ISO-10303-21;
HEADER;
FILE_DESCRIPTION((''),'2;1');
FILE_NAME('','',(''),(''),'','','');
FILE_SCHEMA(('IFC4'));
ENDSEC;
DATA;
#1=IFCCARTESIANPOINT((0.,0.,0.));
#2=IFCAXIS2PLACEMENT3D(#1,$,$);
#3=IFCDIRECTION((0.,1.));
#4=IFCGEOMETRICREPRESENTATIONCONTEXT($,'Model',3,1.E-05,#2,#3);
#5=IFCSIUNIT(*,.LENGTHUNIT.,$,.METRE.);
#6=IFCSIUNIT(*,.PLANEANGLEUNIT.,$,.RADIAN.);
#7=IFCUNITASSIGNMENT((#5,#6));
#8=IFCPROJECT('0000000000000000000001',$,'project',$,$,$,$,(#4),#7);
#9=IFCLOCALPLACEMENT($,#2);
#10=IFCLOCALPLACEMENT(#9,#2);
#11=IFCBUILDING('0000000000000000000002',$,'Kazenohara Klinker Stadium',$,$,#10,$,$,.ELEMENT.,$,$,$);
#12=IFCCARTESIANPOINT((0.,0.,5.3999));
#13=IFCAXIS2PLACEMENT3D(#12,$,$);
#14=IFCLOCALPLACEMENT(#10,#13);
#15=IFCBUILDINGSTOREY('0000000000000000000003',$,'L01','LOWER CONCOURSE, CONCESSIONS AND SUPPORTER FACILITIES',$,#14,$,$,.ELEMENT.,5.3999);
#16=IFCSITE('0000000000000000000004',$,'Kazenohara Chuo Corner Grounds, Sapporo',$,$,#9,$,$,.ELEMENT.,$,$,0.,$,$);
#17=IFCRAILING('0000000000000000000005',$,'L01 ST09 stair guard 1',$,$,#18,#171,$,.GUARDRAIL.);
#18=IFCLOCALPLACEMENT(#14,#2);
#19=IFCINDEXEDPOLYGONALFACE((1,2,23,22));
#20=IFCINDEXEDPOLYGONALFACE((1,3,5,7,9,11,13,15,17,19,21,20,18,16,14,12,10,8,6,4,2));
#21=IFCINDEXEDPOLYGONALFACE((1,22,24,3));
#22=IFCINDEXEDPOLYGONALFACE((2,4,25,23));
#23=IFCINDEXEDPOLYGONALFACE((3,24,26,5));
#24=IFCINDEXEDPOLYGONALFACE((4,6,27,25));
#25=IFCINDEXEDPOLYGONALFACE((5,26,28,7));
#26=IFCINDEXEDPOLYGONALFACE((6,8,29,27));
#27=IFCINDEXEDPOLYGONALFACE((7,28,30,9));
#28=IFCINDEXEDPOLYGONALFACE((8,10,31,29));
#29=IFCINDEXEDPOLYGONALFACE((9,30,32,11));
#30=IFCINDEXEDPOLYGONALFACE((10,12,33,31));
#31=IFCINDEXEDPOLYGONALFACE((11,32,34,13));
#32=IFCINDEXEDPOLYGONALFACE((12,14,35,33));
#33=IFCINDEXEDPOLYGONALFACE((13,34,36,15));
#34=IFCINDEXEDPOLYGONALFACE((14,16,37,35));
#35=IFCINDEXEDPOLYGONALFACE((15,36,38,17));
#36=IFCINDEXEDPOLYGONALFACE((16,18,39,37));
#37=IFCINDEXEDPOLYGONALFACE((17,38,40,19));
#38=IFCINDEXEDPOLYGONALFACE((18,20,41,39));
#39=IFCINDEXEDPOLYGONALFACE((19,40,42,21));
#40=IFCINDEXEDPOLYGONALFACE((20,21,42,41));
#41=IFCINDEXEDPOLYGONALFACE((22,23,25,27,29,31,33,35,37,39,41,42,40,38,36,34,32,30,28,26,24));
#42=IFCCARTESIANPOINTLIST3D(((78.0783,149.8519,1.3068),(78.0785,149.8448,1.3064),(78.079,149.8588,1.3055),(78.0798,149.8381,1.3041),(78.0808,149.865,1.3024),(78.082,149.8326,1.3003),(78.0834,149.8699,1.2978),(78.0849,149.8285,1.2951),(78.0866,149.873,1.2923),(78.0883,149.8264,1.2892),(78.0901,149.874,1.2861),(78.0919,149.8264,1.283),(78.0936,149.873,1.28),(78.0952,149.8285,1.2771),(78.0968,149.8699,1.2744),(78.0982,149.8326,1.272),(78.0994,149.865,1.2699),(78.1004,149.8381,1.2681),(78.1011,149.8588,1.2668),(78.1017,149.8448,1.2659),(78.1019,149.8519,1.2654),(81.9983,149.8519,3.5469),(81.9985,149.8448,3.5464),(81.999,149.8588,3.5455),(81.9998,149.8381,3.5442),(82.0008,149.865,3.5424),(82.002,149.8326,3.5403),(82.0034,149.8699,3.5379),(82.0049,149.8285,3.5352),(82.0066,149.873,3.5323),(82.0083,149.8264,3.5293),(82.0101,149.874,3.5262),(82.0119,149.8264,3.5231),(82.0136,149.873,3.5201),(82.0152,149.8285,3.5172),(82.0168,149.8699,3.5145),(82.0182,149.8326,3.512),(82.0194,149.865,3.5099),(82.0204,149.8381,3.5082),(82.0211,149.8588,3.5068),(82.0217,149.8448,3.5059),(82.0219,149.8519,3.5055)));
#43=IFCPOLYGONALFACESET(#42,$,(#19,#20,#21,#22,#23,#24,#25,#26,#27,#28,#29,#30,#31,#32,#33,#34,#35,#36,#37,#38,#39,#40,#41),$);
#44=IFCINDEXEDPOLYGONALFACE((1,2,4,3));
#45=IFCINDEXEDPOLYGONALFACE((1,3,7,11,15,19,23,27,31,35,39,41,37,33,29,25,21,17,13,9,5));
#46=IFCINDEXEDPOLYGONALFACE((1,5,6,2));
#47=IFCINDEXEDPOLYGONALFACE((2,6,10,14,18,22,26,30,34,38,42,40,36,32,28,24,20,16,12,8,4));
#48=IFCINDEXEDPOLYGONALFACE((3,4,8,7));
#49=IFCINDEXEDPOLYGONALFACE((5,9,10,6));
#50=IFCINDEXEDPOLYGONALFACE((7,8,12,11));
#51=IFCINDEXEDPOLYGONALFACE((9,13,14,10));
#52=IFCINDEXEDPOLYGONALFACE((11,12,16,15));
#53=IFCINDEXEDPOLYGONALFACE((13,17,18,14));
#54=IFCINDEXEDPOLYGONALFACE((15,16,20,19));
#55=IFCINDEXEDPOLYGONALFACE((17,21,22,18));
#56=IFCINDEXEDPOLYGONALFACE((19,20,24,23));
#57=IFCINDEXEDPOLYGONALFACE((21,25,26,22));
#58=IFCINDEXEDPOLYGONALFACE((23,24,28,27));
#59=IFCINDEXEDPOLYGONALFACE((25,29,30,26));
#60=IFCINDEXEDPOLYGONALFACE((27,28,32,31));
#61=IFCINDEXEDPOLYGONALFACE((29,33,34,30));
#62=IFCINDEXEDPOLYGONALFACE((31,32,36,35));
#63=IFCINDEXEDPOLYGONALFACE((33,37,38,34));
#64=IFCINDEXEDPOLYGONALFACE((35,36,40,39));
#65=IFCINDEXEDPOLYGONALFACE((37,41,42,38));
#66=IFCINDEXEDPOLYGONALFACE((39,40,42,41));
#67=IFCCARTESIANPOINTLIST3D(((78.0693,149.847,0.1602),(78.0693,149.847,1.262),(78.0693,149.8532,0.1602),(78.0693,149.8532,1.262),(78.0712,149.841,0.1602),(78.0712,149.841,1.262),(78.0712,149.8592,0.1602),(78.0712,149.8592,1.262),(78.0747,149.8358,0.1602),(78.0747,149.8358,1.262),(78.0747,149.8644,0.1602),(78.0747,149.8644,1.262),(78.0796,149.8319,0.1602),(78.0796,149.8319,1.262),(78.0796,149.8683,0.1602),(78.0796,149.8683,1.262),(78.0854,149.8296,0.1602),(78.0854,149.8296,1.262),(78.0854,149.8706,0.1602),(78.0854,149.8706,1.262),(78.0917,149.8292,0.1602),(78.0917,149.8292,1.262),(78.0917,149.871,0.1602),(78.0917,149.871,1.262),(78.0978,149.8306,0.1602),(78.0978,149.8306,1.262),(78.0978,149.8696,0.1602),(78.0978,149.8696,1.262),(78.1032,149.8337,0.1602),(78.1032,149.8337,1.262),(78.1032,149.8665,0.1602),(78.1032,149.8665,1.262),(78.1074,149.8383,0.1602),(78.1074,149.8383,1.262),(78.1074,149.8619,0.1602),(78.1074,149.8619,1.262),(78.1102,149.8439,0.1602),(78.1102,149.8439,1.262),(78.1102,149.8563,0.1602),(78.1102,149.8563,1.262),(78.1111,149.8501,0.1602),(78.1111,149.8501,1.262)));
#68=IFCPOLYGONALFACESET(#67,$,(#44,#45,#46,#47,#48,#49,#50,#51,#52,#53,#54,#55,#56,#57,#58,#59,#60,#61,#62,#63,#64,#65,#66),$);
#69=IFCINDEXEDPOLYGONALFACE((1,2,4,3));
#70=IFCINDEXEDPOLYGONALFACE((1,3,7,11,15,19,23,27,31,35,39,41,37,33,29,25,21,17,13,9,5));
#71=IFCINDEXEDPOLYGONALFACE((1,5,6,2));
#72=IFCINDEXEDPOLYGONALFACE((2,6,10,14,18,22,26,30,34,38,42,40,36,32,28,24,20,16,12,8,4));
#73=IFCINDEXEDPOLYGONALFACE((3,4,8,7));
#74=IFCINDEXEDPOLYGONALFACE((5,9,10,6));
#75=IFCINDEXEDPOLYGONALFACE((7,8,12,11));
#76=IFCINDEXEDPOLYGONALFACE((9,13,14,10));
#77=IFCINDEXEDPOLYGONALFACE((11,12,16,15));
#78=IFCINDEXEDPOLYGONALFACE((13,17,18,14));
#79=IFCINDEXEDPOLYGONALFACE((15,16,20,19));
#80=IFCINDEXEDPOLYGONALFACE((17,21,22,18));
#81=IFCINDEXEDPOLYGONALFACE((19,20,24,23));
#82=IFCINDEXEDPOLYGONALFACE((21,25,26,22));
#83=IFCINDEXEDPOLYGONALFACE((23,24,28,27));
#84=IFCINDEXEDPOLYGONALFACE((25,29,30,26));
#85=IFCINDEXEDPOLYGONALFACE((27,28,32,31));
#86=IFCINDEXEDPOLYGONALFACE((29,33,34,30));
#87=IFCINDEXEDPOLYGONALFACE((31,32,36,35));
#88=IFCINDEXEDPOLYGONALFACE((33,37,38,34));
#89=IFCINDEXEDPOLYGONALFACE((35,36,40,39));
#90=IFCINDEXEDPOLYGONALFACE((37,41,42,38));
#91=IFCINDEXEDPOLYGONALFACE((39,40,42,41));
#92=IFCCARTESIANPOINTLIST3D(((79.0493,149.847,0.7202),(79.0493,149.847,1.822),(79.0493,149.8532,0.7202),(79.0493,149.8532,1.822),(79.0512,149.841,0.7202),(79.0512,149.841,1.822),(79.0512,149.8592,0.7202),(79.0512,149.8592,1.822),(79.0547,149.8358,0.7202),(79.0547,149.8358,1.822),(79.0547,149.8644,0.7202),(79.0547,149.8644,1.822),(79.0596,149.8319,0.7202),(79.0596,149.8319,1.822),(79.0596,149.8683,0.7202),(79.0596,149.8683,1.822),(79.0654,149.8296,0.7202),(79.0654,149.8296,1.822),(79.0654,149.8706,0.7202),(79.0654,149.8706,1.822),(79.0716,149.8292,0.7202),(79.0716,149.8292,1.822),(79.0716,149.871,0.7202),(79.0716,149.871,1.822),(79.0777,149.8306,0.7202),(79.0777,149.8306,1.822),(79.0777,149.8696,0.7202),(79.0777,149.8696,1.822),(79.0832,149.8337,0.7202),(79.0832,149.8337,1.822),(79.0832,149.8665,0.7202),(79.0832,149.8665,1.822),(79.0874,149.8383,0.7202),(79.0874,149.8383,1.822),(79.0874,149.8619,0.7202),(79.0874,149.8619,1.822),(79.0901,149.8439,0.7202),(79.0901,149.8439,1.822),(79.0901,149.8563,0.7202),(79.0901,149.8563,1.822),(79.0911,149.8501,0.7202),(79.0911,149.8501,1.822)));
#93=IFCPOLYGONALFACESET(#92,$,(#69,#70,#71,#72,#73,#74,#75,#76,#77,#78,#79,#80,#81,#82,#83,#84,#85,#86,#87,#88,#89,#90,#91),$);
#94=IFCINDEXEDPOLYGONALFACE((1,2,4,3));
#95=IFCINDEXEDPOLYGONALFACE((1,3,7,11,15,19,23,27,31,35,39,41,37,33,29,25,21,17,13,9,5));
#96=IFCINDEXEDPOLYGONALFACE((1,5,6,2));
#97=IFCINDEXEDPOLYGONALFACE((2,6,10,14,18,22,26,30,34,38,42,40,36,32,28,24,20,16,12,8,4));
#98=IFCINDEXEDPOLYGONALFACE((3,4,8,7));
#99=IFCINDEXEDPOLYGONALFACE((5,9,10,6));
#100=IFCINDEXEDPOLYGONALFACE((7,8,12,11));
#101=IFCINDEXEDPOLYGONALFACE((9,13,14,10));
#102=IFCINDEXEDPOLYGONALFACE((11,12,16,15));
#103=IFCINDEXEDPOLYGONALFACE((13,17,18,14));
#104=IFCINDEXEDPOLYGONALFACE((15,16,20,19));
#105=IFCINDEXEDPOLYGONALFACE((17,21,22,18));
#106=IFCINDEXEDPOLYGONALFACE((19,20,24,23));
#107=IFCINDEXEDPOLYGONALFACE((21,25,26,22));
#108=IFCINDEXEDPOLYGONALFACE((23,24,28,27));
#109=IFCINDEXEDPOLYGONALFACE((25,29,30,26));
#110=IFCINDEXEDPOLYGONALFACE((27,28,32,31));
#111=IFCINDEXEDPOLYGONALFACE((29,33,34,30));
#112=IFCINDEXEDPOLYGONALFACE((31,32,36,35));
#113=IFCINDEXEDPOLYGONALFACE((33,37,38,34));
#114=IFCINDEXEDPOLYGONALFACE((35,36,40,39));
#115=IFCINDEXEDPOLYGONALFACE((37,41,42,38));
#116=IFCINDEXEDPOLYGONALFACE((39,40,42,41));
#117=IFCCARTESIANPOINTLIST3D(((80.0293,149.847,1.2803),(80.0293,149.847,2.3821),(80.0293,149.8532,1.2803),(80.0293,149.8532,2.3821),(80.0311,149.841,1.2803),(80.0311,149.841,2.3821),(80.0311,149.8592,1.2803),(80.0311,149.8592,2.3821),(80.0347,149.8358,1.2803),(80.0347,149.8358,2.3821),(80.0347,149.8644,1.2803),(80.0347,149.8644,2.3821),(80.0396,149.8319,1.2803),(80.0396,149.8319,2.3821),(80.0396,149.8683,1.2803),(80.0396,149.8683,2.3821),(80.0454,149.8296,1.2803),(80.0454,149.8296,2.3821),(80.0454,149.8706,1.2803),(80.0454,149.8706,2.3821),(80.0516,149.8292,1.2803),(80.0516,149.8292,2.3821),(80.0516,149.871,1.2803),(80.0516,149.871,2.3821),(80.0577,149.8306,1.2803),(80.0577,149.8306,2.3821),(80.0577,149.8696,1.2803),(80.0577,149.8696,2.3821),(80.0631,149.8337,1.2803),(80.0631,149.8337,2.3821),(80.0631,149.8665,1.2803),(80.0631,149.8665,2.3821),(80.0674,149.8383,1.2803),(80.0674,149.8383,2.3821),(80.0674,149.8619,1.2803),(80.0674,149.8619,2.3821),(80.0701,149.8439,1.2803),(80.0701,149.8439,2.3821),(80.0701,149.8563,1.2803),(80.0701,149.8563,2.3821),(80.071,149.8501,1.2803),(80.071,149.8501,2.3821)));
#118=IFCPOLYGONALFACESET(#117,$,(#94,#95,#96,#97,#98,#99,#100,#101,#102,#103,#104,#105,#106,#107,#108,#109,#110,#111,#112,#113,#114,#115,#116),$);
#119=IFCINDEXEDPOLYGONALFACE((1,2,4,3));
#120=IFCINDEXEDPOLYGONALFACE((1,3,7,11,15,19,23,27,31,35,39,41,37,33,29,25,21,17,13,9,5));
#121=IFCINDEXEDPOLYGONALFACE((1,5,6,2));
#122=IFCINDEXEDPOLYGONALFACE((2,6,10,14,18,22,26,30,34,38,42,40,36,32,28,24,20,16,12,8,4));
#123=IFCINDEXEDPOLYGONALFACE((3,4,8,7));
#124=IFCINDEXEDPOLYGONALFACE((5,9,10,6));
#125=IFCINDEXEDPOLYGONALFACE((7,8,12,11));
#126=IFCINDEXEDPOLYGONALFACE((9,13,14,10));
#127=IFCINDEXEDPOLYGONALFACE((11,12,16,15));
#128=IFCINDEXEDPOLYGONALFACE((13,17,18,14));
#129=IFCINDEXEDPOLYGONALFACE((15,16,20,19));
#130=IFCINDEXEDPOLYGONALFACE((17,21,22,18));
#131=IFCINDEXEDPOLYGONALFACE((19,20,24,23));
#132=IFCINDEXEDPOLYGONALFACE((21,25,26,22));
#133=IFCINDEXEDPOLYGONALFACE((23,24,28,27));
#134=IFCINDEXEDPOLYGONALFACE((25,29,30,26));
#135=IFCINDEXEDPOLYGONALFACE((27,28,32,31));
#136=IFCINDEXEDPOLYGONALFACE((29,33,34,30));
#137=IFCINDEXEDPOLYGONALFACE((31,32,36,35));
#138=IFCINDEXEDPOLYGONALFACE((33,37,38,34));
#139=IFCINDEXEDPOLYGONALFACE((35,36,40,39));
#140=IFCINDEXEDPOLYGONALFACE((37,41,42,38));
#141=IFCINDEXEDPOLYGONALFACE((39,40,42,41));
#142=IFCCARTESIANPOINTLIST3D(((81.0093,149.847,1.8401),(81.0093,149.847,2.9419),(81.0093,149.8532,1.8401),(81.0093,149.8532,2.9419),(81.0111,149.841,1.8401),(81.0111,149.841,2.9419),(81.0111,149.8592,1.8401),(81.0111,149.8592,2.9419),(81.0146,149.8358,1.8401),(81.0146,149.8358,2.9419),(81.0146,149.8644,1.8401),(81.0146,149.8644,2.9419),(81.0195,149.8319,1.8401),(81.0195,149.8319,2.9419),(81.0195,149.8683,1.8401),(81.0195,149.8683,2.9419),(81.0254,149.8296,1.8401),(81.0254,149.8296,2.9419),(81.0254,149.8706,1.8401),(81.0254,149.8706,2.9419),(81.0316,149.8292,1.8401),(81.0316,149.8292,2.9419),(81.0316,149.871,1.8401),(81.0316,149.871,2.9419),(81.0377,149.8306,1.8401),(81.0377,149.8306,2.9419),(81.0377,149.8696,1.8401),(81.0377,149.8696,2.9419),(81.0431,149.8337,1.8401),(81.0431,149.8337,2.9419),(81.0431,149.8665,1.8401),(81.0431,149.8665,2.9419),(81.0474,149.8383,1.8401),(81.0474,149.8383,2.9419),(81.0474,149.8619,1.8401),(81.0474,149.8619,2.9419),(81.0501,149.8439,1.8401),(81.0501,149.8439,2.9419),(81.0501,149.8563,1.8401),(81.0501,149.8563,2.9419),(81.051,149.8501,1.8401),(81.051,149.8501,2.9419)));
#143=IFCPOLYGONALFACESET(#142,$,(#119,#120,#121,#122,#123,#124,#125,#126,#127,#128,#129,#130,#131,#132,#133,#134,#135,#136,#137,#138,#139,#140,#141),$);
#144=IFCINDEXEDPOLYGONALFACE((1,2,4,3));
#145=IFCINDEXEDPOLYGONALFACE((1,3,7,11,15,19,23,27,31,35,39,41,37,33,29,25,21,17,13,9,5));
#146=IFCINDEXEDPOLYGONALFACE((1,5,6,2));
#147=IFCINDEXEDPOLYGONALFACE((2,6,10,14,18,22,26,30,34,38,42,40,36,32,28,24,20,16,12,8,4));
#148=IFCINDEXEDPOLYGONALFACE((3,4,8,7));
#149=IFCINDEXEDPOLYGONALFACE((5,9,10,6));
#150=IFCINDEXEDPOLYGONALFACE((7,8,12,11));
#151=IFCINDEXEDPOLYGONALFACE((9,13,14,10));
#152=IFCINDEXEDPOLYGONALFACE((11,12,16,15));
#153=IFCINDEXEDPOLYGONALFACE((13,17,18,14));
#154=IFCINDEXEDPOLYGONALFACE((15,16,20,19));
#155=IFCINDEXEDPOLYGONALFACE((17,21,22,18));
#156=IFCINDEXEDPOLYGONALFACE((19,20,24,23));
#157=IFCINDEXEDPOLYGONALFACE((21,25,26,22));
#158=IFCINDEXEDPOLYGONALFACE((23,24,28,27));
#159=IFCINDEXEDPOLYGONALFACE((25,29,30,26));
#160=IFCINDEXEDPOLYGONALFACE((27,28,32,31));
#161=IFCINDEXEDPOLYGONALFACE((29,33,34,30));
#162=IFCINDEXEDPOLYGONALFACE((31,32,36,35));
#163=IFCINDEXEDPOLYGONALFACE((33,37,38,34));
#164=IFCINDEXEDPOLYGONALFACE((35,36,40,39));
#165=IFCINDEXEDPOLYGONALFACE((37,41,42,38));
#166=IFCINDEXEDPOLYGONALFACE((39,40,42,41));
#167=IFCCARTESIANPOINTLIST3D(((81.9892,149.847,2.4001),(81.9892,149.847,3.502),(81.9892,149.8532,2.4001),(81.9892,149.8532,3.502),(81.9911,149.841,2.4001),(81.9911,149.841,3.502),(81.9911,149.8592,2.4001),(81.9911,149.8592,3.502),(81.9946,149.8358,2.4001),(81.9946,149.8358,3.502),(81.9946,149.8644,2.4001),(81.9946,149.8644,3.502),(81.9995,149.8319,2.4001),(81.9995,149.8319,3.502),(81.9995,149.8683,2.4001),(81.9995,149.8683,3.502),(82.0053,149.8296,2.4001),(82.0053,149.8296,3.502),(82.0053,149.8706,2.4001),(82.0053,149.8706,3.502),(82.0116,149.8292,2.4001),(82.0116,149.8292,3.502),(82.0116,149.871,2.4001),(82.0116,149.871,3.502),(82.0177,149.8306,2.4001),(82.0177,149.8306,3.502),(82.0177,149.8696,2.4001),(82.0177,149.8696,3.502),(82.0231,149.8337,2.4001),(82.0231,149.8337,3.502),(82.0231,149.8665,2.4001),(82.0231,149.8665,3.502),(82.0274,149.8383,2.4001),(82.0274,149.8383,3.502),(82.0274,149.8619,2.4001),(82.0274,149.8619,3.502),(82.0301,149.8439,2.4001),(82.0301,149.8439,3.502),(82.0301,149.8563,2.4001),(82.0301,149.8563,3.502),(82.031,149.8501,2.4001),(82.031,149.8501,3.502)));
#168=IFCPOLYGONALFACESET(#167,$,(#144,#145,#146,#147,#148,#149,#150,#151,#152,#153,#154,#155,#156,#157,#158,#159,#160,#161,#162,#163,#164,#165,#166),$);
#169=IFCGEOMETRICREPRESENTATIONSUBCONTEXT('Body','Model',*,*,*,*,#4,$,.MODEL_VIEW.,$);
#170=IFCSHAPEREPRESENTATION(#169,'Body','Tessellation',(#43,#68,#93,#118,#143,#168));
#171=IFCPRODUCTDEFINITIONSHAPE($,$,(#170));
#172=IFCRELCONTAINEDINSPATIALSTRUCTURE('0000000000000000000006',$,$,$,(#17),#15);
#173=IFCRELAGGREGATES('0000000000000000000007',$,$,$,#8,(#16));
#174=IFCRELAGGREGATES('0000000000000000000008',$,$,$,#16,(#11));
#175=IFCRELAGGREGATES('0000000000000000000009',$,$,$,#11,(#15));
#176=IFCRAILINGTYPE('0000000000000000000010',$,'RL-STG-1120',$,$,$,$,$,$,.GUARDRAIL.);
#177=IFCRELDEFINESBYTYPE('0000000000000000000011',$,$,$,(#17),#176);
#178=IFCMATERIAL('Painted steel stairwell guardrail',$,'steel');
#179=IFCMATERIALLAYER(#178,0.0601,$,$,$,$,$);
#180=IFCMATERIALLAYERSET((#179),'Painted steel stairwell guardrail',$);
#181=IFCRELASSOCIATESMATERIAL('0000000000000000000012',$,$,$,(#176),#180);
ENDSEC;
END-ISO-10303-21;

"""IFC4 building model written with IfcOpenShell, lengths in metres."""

from ifc_helpers import new_model, si_unit, direction, frame, origin, origin_2d, place, context, subcontext, project, spatial, circle, extrude, material, layer, layer_set, type_object, element, save


model = new_model("IFC4")

# Units and contexts
model_context = context("Model", 3, precision=1e-05, world=origin(), true_north=direction((0.0, 1.0)))
body_context = subcontext(model_context, "Body", "Model", "MODEL_VIEW")
ifc_project = project(units=[si_unit("LENGTHUNIT", "METRE"), si_unit("PLANEANGLEUNIT", "RADIAN")], contexts=[model_context])

# Site, building, storey
site_placement = place(None, origin())
site = spatial("IfcSite", under=ifc_project, at=site_placement, Name="Kazenohara Chuo Corner Grounds, Sapporo", CompositionType="ELEMENT", RefElevation=0.0)
building_placement = place(site_placement, origin())
building = spatial("IfcBuilding", under=site, at=building_placement, Name="Kazenohara Klinker Stadium", CompositionType="ELEMENT")
storey_placement = place(building_placement, frame((0.0, 0.0, 5.3999)))
storey = spatial("IfcBuildingStorey", under=building, at=storey_placement, Name="L01", Description="LOWER CONCOURSE, CONCESSIONS AND SUPPORTER FACILITIES", CompositionType="ELEMENT", Elevation=5.3999)

# Railing
ifc_material_1 = material(Name="Painted steel stairwell guardrail", Category="steel")
ifc_layer_1 = layer(ifc_material_1, 0.0601)
ifc_layer_set_1 = layer_set([ifc_layer_1], Name="Painted steel stairwell guardrail")
railing_type_1 = type_object("IfcRailingType", Name="RL-STG-1120", PredefinedType="GUARDRAIL", material=ifc_layer_set_1)
railing_1_placement = place(storey_placement, frame((78.0901, 149.8501, 0.1602)))
element("IfcRailing", 1, at=railing_1_placement, inside=storey, type_object=railing_type_1, Name="L01 ST09 stair guard 1", PredefinedType="GUARDRAIL", context=body_context, shape_type="SweptSolid", body=[
    extrude(circle(Radius=0.0239, at=origin_2d()), frame((0.0, 0.0, 1.126), z_axis=(0.86824, 0.0, 0.496145), x_axis=(0.0, 1.0, 0.0)), (0.0, 0.0, 1.0), 4.5149),
    extrude(circle(Radius=0.021, at=origin_2d()), origin(), (0.0, 0.0, 1.0), 1.1018),
    extrude(circle(Radius=0.021, at=origin_2d()), frame((0.98, 0.0, 0.5601)), (0.0, 0.0, 1.0), 1.1018),
    extrude(circle(Radius=0.021, at=origin_2d()), frame((1.96, 0.0, 1.1201)), (0.0, 0.0, 1.0), 1.1018),
    extrude(circle(Radius=0.021, at=origin_2d()), frame((2.9399, 0.0, 1.6799)), (0.0, 0.0, 1.0), 1.1018),
    extrude(circle(Radius=0.021, at=origin_2d()), frame((3.9199, 0.0, 2.24)), (0.0, 0.0, 1.0), 1.1018),
])

save(model, "model.ifc")
